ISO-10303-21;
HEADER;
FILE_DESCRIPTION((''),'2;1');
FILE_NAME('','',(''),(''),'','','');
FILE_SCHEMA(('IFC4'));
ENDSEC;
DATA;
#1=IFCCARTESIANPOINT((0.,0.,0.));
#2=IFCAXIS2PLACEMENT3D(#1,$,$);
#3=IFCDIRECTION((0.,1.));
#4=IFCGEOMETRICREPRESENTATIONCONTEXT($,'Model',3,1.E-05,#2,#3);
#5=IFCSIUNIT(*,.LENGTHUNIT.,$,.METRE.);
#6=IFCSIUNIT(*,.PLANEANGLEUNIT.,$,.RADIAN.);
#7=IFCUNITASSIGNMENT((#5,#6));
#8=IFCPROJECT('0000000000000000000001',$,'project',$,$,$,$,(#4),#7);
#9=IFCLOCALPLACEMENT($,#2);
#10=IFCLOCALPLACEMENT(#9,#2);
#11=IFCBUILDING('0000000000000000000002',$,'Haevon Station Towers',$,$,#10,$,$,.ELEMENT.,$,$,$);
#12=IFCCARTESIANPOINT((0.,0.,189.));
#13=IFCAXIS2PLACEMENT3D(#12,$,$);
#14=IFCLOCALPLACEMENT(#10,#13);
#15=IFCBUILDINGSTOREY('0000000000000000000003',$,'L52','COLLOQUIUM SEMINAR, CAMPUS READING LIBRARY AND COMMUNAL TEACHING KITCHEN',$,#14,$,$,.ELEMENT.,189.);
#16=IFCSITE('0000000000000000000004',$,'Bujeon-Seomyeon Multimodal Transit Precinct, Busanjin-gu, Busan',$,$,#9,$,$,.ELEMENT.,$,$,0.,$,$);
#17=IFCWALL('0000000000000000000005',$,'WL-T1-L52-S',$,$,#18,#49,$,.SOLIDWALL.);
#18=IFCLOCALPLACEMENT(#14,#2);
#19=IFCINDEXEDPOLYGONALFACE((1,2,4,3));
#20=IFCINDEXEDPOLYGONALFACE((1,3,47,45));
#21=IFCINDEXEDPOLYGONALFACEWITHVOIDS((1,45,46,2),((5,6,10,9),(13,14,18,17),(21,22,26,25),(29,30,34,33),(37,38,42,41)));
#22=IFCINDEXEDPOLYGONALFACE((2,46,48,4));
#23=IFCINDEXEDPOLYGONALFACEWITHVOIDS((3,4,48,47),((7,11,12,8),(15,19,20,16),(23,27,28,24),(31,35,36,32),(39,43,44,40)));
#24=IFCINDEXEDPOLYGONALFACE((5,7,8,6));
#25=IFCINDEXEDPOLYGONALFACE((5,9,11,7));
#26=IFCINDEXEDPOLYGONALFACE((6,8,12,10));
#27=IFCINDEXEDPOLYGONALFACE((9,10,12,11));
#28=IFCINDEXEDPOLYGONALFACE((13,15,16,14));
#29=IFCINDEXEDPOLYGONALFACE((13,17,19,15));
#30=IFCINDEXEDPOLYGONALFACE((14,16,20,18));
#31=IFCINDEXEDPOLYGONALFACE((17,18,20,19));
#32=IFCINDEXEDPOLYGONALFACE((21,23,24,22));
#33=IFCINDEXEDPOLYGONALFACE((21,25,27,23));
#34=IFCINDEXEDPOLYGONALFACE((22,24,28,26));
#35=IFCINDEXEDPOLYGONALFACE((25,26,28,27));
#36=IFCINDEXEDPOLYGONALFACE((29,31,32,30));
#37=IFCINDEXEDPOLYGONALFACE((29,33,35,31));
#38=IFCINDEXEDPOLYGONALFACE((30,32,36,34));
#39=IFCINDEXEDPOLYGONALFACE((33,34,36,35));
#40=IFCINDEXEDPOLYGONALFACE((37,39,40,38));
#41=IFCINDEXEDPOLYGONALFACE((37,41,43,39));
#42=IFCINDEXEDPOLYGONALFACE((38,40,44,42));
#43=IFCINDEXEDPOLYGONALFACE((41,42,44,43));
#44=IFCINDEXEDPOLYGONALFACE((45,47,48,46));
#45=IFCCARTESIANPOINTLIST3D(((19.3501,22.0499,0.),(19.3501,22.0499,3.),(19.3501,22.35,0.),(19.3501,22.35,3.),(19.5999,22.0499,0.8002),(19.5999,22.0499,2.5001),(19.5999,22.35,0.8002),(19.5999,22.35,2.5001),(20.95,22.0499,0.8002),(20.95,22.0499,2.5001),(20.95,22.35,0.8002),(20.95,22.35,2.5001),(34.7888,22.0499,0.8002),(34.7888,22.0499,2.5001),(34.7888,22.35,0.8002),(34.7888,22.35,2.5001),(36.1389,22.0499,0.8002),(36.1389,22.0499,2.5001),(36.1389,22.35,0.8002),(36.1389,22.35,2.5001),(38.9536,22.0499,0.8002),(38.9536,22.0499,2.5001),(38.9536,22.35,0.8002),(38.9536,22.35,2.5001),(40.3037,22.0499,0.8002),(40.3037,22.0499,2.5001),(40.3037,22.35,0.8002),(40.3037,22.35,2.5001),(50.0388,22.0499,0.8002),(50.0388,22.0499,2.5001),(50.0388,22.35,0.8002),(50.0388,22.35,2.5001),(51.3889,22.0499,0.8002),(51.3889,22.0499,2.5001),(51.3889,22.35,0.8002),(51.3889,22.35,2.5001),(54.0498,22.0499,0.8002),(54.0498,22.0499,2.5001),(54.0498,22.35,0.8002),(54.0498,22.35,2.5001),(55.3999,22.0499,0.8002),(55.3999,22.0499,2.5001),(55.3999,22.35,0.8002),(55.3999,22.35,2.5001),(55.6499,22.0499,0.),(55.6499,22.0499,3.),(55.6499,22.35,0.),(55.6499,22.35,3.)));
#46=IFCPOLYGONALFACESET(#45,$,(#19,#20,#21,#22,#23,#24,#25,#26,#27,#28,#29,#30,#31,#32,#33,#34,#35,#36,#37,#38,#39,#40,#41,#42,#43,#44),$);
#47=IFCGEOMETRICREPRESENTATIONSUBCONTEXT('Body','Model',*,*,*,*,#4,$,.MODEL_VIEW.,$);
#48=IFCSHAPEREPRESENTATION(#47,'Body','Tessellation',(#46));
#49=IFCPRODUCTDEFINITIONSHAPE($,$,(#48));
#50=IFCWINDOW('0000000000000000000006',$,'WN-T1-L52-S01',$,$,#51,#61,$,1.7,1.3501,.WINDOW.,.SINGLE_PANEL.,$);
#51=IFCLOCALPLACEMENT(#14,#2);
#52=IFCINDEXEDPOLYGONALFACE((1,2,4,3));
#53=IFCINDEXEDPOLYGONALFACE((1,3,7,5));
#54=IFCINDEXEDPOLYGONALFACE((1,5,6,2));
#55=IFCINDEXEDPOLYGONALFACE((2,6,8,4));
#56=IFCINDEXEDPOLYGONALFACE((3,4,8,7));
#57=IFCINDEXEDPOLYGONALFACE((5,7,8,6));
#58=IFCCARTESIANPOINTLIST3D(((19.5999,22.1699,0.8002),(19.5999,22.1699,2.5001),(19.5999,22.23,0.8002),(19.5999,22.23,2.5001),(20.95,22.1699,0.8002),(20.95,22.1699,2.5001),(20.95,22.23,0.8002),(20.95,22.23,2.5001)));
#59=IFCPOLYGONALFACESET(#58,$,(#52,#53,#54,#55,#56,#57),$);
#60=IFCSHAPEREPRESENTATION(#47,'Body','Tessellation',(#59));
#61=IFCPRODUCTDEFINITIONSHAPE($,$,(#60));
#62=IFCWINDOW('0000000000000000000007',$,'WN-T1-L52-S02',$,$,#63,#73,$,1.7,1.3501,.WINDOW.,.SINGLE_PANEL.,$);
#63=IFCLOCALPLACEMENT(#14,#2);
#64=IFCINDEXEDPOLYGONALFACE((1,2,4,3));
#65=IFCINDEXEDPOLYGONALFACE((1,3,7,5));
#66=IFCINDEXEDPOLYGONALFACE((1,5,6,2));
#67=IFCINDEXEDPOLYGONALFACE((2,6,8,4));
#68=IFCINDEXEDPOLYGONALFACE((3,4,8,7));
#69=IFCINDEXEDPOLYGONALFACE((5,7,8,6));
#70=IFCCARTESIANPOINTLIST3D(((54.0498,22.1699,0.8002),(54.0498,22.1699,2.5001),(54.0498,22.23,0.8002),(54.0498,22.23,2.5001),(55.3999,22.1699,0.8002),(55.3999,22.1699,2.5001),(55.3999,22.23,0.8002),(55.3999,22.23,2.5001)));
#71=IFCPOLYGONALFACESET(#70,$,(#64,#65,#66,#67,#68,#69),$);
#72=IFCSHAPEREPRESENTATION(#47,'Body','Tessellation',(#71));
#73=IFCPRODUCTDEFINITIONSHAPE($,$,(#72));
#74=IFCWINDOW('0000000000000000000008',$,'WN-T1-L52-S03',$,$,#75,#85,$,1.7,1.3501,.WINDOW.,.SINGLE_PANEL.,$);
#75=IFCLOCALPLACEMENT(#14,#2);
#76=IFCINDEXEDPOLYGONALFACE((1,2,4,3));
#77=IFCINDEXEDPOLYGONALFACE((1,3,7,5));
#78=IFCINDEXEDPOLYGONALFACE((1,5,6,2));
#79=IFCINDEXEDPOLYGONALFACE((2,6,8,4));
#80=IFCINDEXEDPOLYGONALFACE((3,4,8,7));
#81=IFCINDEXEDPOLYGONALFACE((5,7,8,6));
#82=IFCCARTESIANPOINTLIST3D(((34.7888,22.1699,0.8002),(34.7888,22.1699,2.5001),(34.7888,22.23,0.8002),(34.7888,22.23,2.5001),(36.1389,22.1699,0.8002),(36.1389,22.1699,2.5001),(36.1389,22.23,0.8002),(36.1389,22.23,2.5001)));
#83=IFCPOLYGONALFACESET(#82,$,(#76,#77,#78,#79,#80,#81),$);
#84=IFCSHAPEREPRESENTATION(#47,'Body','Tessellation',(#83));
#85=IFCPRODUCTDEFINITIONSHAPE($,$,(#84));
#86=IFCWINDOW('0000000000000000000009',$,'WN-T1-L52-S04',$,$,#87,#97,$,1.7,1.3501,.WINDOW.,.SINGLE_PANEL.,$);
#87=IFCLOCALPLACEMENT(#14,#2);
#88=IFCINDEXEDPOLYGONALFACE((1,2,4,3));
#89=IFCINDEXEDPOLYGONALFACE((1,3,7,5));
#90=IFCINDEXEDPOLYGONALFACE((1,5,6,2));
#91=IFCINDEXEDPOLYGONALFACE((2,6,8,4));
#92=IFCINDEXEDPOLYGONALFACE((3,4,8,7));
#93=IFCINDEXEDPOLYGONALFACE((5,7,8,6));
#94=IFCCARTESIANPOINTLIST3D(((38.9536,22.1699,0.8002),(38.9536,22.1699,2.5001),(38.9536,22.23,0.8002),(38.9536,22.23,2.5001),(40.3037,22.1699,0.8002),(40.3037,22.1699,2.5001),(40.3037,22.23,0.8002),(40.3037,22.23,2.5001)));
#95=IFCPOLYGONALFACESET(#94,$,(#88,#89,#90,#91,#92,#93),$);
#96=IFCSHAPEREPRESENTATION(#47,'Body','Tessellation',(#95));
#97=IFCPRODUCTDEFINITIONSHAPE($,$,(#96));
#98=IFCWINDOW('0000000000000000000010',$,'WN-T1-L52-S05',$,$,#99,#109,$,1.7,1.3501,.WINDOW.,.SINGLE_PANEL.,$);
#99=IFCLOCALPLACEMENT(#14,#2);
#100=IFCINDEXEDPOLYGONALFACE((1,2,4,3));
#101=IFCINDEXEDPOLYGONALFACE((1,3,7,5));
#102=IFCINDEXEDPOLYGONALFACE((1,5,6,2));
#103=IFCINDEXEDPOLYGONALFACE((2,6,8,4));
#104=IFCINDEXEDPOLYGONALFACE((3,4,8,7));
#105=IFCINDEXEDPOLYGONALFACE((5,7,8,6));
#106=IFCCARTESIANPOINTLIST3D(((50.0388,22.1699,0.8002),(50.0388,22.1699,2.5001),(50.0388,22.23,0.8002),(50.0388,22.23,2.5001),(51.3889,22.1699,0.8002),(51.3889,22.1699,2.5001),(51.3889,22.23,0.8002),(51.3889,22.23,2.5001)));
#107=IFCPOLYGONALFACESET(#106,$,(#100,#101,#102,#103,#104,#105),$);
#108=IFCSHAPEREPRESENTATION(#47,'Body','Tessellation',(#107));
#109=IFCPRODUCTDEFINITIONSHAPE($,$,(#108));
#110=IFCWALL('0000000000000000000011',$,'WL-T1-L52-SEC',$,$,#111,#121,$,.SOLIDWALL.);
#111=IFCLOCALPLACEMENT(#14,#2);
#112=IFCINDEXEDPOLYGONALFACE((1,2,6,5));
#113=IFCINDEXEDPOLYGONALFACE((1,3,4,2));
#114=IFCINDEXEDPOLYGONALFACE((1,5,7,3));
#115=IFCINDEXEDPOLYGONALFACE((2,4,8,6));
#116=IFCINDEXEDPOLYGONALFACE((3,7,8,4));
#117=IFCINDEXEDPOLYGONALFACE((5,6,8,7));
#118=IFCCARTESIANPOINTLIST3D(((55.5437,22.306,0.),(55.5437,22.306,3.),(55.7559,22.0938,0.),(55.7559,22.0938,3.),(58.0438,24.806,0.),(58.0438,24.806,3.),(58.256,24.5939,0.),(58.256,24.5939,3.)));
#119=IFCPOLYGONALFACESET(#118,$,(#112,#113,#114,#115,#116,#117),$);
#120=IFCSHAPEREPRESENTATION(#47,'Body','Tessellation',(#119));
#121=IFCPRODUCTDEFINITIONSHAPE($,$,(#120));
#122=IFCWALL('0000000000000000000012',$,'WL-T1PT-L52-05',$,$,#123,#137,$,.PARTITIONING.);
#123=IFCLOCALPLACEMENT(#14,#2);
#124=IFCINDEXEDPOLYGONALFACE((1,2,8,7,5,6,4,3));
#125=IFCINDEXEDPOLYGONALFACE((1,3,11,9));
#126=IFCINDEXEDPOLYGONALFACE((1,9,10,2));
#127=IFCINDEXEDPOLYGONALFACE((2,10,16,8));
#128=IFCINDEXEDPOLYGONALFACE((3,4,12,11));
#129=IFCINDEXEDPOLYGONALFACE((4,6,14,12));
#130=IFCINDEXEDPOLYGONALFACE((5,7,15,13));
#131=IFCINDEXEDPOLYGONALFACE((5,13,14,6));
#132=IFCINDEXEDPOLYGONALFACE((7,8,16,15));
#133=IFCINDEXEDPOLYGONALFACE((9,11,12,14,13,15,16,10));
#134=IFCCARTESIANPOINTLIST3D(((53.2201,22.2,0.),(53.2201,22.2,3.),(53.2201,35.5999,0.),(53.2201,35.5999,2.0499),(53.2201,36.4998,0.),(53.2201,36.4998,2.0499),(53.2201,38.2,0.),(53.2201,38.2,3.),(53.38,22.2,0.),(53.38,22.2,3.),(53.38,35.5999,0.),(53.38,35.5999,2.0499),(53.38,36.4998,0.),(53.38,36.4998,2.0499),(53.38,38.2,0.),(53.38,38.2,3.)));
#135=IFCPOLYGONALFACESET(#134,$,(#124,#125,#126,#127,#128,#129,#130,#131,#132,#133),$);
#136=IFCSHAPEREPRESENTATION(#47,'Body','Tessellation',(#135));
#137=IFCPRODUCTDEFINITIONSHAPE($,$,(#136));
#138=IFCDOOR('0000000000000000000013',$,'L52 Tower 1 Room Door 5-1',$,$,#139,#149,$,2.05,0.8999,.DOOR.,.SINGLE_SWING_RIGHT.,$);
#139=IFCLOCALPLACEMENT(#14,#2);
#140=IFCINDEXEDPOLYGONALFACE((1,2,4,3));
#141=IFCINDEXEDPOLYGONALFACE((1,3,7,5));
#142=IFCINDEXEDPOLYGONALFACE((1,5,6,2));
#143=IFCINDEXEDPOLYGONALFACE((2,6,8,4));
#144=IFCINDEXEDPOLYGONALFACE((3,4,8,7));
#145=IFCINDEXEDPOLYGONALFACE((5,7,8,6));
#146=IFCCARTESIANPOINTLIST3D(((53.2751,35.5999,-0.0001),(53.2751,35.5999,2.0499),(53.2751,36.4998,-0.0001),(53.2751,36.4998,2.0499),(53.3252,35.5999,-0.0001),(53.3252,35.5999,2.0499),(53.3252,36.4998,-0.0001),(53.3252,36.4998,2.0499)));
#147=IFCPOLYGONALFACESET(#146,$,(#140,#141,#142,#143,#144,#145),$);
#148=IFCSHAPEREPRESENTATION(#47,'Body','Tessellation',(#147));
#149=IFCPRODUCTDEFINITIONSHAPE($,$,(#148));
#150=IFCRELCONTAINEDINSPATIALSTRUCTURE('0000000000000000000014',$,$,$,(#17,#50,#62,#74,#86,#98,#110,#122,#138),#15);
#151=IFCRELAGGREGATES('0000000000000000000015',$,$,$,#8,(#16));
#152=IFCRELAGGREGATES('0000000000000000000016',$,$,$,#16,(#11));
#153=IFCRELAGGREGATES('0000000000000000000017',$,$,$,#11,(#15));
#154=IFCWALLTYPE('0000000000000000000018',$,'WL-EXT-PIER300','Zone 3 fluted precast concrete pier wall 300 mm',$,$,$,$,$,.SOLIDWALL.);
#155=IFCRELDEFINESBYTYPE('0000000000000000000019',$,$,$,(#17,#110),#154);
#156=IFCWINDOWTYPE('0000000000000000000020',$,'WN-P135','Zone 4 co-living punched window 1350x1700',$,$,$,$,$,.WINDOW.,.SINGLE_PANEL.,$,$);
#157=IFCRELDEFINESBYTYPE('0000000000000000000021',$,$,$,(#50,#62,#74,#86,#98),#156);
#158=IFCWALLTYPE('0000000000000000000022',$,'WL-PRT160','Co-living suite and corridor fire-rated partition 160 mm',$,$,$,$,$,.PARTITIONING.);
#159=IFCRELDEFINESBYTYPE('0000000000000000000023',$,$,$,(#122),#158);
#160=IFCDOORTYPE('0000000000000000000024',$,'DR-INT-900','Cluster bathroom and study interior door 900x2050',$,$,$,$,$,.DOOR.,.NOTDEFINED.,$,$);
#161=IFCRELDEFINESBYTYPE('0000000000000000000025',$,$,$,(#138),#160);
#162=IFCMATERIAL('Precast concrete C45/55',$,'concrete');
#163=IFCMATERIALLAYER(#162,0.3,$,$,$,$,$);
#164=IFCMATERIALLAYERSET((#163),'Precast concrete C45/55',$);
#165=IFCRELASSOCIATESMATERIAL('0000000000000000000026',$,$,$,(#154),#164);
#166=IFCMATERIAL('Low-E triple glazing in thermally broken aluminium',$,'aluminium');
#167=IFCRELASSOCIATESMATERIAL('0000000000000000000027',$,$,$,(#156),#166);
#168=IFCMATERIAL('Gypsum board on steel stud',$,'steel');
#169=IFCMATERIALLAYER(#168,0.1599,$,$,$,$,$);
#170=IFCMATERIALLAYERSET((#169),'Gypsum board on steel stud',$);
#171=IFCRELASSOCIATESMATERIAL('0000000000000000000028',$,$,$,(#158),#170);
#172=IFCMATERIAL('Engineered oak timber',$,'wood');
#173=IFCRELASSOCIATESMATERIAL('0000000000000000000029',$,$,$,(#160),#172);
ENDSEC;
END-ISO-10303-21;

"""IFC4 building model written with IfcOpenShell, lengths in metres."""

from ifc_helpers import new_model, si_unit, direction, frame, frame_2d, origin, place, context, subcontext, project, spatial, rectangle, extrude, material, layer, layer_set, type_object, element, fill, save


model = new_model("IFC4")

# Units and contexts
model_context = context("Model", 3, precision=1e-05, world=origin(), true_north=direction((0.0, 1.0)))
body_context = subcontext(model_context, "Body", "Model", "MODEL_VIEW")
ifc_project = project(units=[si_unit("LENGTHUNIT", "METRE"), si_unit("PLANEANGLEUNIT", "RADIAN")], contexts=[model_context])

# Site, building, storey
site_placement = place(None, origin())
site = spatial("IfcSite", under=ifc_project, at=site_placement, Name="Bujeon-Seomyeon Multimodal Transit Precinct, Busanjin-gu, Busan", CompositionType="ELEMENT", RefElevation=0.0)
building_placement = place(site_placement, origin())
building = spatial("IfcBuilding", under=site, at=building_placement, Name="Haevon Station Towers", CompositionType="ELEMENT")
storey_placement = place(building_placement, frame((0.0, 0.0, 189.0)))
storey = spatial("IfcBuildingStorey", under=building, at=storey_placement, Name="L52", Description="COLLOQUIUM SEMINAR, CAMPUS READING LIBRARY AND COMMUNAL TEACHING KITCHEN", CompositionType="ELEMENT", Elevation=189.0)

# Wall, openings, windows
ifc_material_1 = material(Name="Precast concrete C45/55", Category="concrete")
ifc_layer_1 = layer(ifc_material_1, 0.3)
ifc_layer_set_1 = layer_set([ifc_layer_1], Name="Precast concrete C45/55")
wall_type_1 = type_object("IfcWallType", Name="WL-EXT-PIER300", Description="Zone 3 fluted precast concrete pier wall 300 mm", PredefinedType="SOLIDWALL", material=ifc_layer_set_1)
wall_1_placement = place(storey_placement, frame((55.6499, 22.2, 0.0), z_axis=(0.0, 0.0, 1.0), x_axis=(-1.0, 0.0, 0.0)))
wall_1 = element("IfcWall", 1, at=wall_1_placement, inside=storey, type_object=wall_type_1, Name="WL-T1-L52-S", PredefinedType="SOLIDWALL", context=body_context, shape_type="SweptSolid", body=[
    extrude(rectangle(XDim=36.2998, YDim=0.3, at=frame_2d((18.1499, 0.0))), origin(), (0.0, 0.0, 1.0), 3.0),
])
opening_1_placement = place(wall_1_placement, frame((34.7, 0.0, 0.8)))
opening_1 = element("IfcOpeningElement", 2, at=opening_1_placement, cuts=wall_1, PredefinedType="OPENING", context=body_context, shape_type="SweptSolid", body=[
    extrude(rectangle(XDim=1.3501, YDim=1.7, at=frame_2d((0.675, 0.8501))), frame((0.0, 0.1599, 0.0), z_axis=(0.0, -1.0, 0.0), x_axis=(1.0, 0.0, 0.0)), (0.0, 0.0, 1.0), 0.3201),
])
opening_2_placement = place(wall_1_placement, frame((0.25, 0.0, 0.8)))
opening_2 = element("IfcOpeningElement", 3, at=opening_2_placement, cuts=wall_1, PredefinedType="OPENING", context=body_context, shape_type="SweptSolid", body=[
    extrude(rectangle(XDim=1.3501, YDim=1.7, at=frame_2d((0.675, 0.8501))), frame((0.0, 0.1599, 0.0), z_axis=(0.0, -1.0, 0.0), x_axis=(1.0, 0.0, 0.0)), (0.0, 0.0, 1.0), 0.3201),
])
opening_3_placement = place(wall_1_placement, frame((19.511, 0.0, 0.8)))
opening_3 = element("IfcOpeningElement", 4, at=opening_3_placement, cuts=wall_1, PredefinedType="OPENING", context=body_context, shape_type="SweptSolid", body=[
    extrude(rectangle(XDim=1.3501, YDim=1.7, at=frame_2d((0.675, 0.8501))), frame((0.0, 0.1599, 0.0), z_axis=(0.0, -1.0, 0.0), x_axis=(1.0, 0.0, 0.0)), (0.0, 0.0, 1.0), 0.3201),
])
opening_4_placement = place(wall_1_placement, frame((15.3462, 0.0, 0.8)))
opening_4 = element("IfcOpeningElement", 5, at=opening_4_placement, cuts=wall_1, PredefinedType="OPENING", context=body_context, shape_type="SweptSolid", body=[
    extrude(rectangle(XDim=1.3501, YDim=1.7, at=frame_2d((0.675, 0.8501))), frame((0.0, 0.1599, 0.0), z_axis=(0.0, -1.0, 0.0), x_axis=(1.0, 0.0, 0.0)), (0.0, 0.0, 1.0), 0.3201),
])
opening_5_placement = place(wall_1_placement, frame((4.261, 0.0, 0.8)))
opening_5 = element("IfcOpeningElement", 6, at=opening_5_placement, cuts=wall_1, PredefinedType="OPENING", context=body_context, shape_type="SweptSolid", body=[
    extrude(rectangle(XDim=1.3501, YDim=1.7, at=frame_2d((0.675, 0.8501))), frame((0.0, 0.1599, 0.0), z_axis=(0.0, -1.0, 0.0), x_axis=(1.0, 0.0, 0.0)), (0.0, 0.0, 1.0), 0.3201),
])
ifc_material_2 = material(Name="Low-E triple glazing in thermally broken aluminium", Category="aluminium")
window_type = type_object("IfcWindowType", Name="WN-P135", Description="Zone 4 co-living punched window 1350x1700", PartitioningType="SINGLE_PANEL", PredefinedType="WINDOW", material=ifc_material_2)
window_1_placement = place(opening_1_placement, origin())
window_1 = element("IfcWindow", 7, at=window_1_placement, inside=storey, type_object=window_type, Name="WN-T1-L52-S01", OverallHeight=1.7, OverallWidth=1.3501, PartitioningType="SINGLE_PANEL", PredefinedType="WINDOW", context=body_context, shape_type="SweptSolid", body=[
    extrude(rectangle(XDim=1.3501, YDim=1.7, at=frame_2d((0.675, 0.8501))), frame((0.0, 0.03, 0.0), z_axis=(0.0, -1.0, 0.0), x_axis=(1.0, 0.0, 0.0)), (0.0, 0.0, 1.0), 0.0601),
])
fill(opening_1, window_1)
window_2_placement = place(opening_2_placement, origin())
window_2 = element("IfcWindow", 8, at=window_2_placement, inside=storey, type_object=window_type, Name="WN-T1-L52-S02", OverallHeight=1.7, OverallWidth=1.3501, PartitioningType="SINGLE_PANEL", PredefinedType="WINDOW", context=body_context, shape_type="SweptSolid", body=[
    extrude(rectangle(XDim=1.3501, YDim=1.7, at=frame_2d((0.675, 0.8501))), frame((0.0, 0.03, 0.0), z_axis=(0.0, -1.0, 0.0), x_axis=(1.0, 0.0, 0.0)), (0.0, 0.0, 1.0), 0.0601),
])
fill(opening_2, window_2)
window_3_placement = place(opening_3_placement, origin())
window_3 = element("IfcWindow", 9, at=window_3_placement, inside=storey, type_object=window_type, Name="WN-T1-L52-S03", OverallHeight=1.7, OverallWidth=1.3501, PartitioningType="SINGLE_PANEL", PredefinedType="WINDOW", context=body_context, shape_type="SweptSolid", body=[
    extrude(rectangle(XDim=1.3501, YDim=1.7, at=frame_2d((0.675, 0.8501))), frame((0.0, 0.03, 0.0), z_axis=(0.0, -1.0, 0.0), x_axis=(1.0, 0.0, 0.0)), (0.0, 0.0, 1.0), 0.0601),
])
fill(opening_3, window_3)
window_4_placement = place(opening_4_placement, origin())
window_4 = element("IfcWindow", 10, at=window_4_placement, inside=storey, type_object=window_type, Name="WN-T1-L52-S04", OverallHeight=1.7, OverallWidth=1.3501, PartitioningType="SINGLE_PANEL", PredefinedType="WINDOW", context=body_context, shape_type="SweptSolid", body=[
    extrude(rectangle(XDim=1.3501, YDim=1.7, at=frame_2d((0.675, 0.8501))), frame((0.0, 0.03, 0.0), z_axis=(0.0, -1.0, 0.0), x_axis=(1.0, 0.0, 0.0)), (0.0, 0.0, 1.0), 0.0601),
])
fill(opening_4, window_4)
window_5_placement = place(opening_5_placement, origin())
window_5 = element("IfcWindow", 11, at=window_5_placement, inside=storey, type_object=window_type, Name="WN-T1-L52-S05", OverallHeight=1.7, OverallWidth=1.3501, PartitioningType="SINGLE_PANEL", PredefinedType="WINDOW", context=body_context, shape_type="SweptSolid", body=[
    extrude(rectangle(XDim=1.3501, YDim=1.7, at=frame_2d((0.675, 0.8501))), frame((0.0, 0.03, 0.0), z_axis=(0.0, -1.0, 0.0), x_axis=(1.0, 0.0, 0.0)), (0.0, 0.0, 1.0), 0.0601),
])
fill(opening_5, window_5)

# Wall
wall_2_placement = place(storey_placement, frame((58.1499, 24.7, 0.0), z_axis=(0.0, 0.0, 1.0), x_axis=(-0.707107, -0.707107, 0.0)))
element("IfcWall", 12, at=wall_2_placement, inside=storey, type_object=wall_type_1, Name="WL-T1-L52-SEC", PredefinedType="SOLIDWALL", context=body_context, shape_type="SweptSolid", body=[
    extrude(rectangle(XDim=3.5356, YDim=0.3, at=frame_2d((1.7678, 0.0))), origin(), (0.0, 0.0, 1.0), 3.0),
])

# Wall, opening, door
ifc_material_3 = material(Name="Gypsum board on steel stud", Category="steel")
ifc_layer_2 = layer(ifc_material_3, 0.1599)
ifc_layer_set_2 = layer_set([ifc_layer_2], Name="Gypsum board on steel stud")
wall_type_2 = type_object("IfcWallType", Name="WL-PRT160", Description="Co-living suite and corridor fire-rated partition 160 mm", PredefinedType="PARTITIONING", material=ifc_layer_set_2)
wall_3_placement = place(storey_placement, frame((53.3, 22.2, 0.0), z_axis=(0.0, 0.0, 1.0), x_axis=(0.0, 1.0, 0.0)))
wall_3 = element("IfcWall", 13, at=wall_3_placement, inside=storey, type_object=wall_type_2, Name="WL-T1PT-L52-05", PredefinedType="PARTITIONING", context=body_context, shape_type="SweptSolid", body=[
    extrude(rectangle(XDim=16.0, YDim=0.1599, at=frame_2d((8.0, 0.0))), origin(), (0.0, 0.0, 1.0), 3.0),
])
opening_6_placement = place(wall_3_placement, frame((13.3999, 0.0, 0.0)))
opening_6 = element("IfcOpeningElement", 14, at=opening_6_placement, cuts=wall_3, PredefinedType="OPENING", context=body_context, shape_type="SweptSolid", body=[
    extrude(rectangle(XDim=0.8999, YDim=2.05, at=frame_2d((0.45, 1.0249))), frame((0.0, 0.0898, 0.0), z_axis=(0.0, -1.0, 0.0), x_axis=(1.0, 0.0, 0.0)), (0.0, 0.0, 1.0), 0.1799),
])
ifc_material_4 = material(Name="Engineered oak timber", Category="wood")
door_type = type_object("IfcDoorType", Name="DR-INT-900", Description="Cluster bathroom and study interior door 900x2050", OperationType="NOTDEFINED", PredefinedType="DOOR", material=ifc_material_4)
door_placement = place(opening_6_placement, origin())
door = element("IfcDoor", 15, at=door_placement, inside=storey, type_object=door_type, Name="L52 Tower 1 Room Door 5-1", OperationType="SINGLE_SWING_RIGHT", OverallHeight=2.05, OverallWidth=0.8999, PredefinedType="DOOR", context=body_context, shape_type="SweptSolid", body=[
    extrude(rectangle(XDim=0.8999, YDim=2.05, at=frame_2d((0.45, 1.0249))), frame((0.0, 0.0249, 0.0), z_axis=(0.0, -1.0, 0.0), x_axis=(1.0, 0.0, 0.0)), (0.0, 0.0, 1.0), 0.05),
])
fill(opening_6, door)

save(model, "model.ifc")
